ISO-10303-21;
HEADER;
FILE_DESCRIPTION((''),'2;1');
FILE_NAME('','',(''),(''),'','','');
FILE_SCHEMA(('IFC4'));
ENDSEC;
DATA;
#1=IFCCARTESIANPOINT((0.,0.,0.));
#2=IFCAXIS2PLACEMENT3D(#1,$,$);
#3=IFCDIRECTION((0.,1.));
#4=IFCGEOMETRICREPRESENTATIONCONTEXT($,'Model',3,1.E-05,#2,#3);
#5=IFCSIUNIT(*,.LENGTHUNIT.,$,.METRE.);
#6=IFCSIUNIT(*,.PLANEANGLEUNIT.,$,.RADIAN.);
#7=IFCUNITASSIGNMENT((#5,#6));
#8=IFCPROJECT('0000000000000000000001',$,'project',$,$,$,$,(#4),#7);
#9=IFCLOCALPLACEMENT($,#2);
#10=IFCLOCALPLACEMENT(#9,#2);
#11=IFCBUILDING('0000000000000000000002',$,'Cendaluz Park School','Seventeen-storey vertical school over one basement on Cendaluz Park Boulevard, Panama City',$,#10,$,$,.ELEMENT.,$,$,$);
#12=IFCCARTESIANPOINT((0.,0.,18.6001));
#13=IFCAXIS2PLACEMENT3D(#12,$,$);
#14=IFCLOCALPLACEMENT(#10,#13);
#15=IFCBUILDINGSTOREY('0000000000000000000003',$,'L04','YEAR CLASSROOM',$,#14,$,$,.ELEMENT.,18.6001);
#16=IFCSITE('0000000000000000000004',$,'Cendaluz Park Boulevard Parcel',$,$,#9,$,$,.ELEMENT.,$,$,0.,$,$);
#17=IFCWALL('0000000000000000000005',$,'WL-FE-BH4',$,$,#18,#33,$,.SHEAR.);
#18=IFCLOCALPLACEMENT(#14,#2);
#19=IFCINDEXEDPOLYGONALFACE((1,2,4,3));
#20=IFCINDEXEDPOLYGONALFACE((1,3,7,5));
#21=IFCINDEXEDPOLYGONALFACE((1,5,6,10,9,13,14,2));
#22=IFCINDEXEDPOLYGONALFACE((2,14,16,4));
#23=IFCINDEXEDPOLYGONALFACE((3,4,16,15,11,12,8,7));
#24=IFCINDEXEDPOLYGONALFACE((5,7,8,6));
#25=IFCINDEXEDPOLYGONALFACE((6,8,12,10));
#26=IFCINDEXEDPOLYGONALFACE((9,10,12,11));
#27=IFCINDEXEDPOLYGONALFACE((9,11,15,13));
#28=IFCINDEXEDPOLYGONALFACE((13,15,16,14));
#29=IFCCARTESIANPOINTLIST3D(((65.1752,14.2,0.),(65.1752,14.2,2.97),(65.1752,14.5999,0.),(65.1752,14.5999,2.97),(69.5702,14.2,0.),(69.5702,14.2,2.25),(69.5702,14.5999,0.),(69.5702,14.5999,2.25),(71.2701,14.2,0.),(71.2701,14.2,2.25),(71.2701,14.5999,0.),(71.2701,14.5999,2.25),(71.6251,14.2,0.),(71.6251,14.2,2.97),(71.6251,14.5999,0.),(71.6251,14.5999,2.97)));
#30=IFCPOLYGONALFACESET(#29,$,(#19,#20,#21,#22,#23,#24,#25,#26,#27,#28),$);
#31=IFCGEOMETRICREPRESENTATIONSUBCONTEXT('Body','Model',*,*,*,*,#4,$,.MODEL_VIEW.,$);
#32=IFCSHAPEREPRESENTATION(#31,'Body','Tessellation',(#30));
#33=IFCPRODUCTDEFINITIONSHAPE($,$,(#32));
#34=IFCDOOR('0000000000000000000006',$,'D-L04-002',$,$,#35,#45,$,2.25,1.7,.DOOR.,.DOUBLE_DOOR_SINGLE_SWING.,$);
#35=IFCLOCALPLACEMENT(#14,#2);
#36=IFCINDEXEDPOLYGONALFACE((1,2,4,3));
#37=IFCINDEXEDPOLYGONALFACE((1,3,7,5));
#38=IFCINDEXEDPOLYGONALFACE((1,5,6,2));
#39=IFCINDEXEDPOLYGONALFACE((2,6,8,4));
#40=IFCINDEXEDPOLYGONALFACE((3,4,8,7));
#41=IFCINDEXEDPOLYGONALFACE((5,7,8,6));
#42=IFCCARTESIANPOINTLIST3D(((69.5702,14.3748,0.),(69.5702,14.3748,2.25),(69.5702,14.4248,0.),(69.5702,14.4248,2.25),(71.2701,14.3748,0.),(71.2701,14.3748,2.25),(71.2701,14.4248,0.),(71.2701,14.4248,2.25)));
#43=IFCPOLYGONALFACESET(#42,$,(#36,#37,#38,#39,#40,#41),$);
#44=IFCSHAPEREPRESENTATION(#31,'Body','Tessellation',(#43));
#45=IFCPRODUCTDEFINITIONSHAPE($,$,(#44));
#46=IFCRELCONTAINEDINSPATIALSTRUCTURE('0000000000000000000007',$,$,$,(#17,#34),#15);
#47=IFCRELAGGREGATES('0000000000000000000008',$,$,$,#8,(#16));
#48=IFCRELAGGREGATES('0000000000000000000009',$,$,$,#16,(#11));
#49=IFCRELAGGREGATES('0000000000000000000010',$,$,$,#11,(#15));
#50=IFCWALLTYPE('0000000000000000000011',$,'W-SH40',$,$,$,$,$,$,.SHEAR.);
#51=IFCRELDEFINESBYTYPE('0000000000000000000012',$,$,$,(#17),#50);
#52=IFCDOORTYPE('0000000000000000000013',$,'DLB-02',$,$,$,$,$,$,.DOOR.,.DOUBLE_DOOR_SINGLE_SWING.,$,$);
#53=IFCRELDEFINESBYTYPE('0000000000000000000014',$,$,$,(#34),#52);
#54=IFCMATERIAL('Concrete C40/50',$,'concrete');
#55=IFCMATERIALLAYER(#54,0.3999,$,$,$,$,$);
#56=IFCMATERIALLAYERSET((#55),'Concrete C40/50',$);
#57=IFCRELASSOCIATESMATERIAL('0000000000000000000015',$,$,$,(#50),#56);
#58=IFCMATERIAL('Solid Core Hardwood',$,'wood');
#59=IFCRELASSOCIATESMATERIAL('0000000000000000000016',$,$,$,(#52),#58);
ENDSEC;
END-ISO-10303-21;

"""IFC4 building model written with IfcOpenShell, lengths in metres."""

from ifc_helpers import new_model, si_unit, direction, frame, frame_2d, origin, place, context, subcontext, project, spatial, rectangle, extrude, material, layer, layer_set, type_object, element, fill, save


model = new_model("IFC4")

# Units and contexts
model_context = context("Model", 3, precision=1e-05, world=origin(), true_north=direction((0.0, 1.0)))
body_context = subcontext(model_context, "Body", "Model", "MODEL_VIEW")
ifc_project = project(units=[si_unit("LENGTHUNIT", "METRE"), si_unit("PLANEANGLEUNIT", "RADIAN")], contexts=[model_context])

# Site, building, storey
site_placement = place(None, origin())
site = spatial("IfcSite", under=ifc_project, at=site_placement, Name="Cendaluz Park Boulevard Parcel", CompositionType="ELEMENT", RefElevation=0.0)
building_placement = place(site_placement, origin())
building = spatial("IfcBuilding", under=site, at=building_placement, Name="Cendaluz Park School", Description="Seventeen-storey vertical school over one basement on Cendaluz Park Boulevard, Panama City", CompositionType="ELEMENT")
storey_placement = place(building_placement, frame((0.0, 0.0, 18.6001)))
storey = spatial("IfcBuildingStorey", under=building, at=storey_placement, Name="L04", Description="YEAR CLASSROOM", CompositionType="ELEMENT", Elevation=18.6001)

# Shared definitions
ifc_material_1 = material(Name="Concrete C40/50", Category="concrete")

# Shared definitions
ifc_material_2 = material(Name="Solid Core Hardwood", Category="wood")

# Wall, opening, door
ifc_layer_1 = layer(ifc_material_1, 0.3999)
ifc_layer_set_1 = layer_set([ifc_layer_1], Name="Concrete C40/50")
wall_type_1 = type_object("IfcWallType", Name="W-SH40", PredefinedType="SHEAR", material=ifc_layer_set_1)
wall_1_placement = place(storey_placement, frame((65.175, 14.3999, 0.0), z_axis=(0.0, 0.0, 1.0), x_axis=(1.0, 0.0, 0.0)))
wall_1 = element("IfcWall", 1, at=wall_1_placement, inside=storey, type_object=wall_type_1, Name="WL-FE-BH4", PredefinedType="SHEAR", context=body_context, shape_type="SweptSolid", body=[
    extrude(rectangle(XDim=6.45, YDim=0.3999, at=frame_2d((3.2251, 0.0))), origin(), (0.0, 0.0, 1.0), 2.97),
])
opening_1_placement = place(wall_1_placement, frame((4.395, 0.0, 0.0)))
opening_1 = element("IfcOpeningElement", 2, at=opening_1_placement, cuts=wall_1, PredefinedType="OPENING", context=body_context, shape_type="SweptSolid", body=[
    extrude(rectangle(XDim=1.7, YDim=2.25, at=frame_2d((0.8501, 1.125))), frame((0.0, 0.2119, 0.0), z_axis=(0.0, -1.0, 0.0), x_axis=(1.0, 0.0, 0.0)), (0.0, 0.0, 1.0), 0.4238),
])
door_type_1 = type_object("IfcDoorType", Name="DLB-02", OperationType="DOUBLE_DOOR_SINGLE_SWING", PredefinedType="DOOR", material=ifc_material_2)
door_1_placement = place(opening_1_placement, origin())
door_1 = element("IfcDoor", 3, at=door_1_placement, inside=storey, type_object=door_type_1, Name="D-L04-002", OperationType="DOUBLE_DOOR_SINGLE_SWING", OverallHeight=2.25, OverallWidth=1.7, PredefinedType="DOOR", context=body_context, shape_type="SweptSolid", body=[
    extrude(rectangle(XDim=1.7, YDim=2.25, at=frame_2d((0.8501, 1.125))), frame((0.0, 0.0249, 0.0), z_axis=(0.0, -1.0, 0.0), x_axis=(1.0, 0.0, 0.0)), (0.0, 0.0, 1.0), 0.05),
])
fill(opening_1, door_1)

save(model, "model.ifc")
